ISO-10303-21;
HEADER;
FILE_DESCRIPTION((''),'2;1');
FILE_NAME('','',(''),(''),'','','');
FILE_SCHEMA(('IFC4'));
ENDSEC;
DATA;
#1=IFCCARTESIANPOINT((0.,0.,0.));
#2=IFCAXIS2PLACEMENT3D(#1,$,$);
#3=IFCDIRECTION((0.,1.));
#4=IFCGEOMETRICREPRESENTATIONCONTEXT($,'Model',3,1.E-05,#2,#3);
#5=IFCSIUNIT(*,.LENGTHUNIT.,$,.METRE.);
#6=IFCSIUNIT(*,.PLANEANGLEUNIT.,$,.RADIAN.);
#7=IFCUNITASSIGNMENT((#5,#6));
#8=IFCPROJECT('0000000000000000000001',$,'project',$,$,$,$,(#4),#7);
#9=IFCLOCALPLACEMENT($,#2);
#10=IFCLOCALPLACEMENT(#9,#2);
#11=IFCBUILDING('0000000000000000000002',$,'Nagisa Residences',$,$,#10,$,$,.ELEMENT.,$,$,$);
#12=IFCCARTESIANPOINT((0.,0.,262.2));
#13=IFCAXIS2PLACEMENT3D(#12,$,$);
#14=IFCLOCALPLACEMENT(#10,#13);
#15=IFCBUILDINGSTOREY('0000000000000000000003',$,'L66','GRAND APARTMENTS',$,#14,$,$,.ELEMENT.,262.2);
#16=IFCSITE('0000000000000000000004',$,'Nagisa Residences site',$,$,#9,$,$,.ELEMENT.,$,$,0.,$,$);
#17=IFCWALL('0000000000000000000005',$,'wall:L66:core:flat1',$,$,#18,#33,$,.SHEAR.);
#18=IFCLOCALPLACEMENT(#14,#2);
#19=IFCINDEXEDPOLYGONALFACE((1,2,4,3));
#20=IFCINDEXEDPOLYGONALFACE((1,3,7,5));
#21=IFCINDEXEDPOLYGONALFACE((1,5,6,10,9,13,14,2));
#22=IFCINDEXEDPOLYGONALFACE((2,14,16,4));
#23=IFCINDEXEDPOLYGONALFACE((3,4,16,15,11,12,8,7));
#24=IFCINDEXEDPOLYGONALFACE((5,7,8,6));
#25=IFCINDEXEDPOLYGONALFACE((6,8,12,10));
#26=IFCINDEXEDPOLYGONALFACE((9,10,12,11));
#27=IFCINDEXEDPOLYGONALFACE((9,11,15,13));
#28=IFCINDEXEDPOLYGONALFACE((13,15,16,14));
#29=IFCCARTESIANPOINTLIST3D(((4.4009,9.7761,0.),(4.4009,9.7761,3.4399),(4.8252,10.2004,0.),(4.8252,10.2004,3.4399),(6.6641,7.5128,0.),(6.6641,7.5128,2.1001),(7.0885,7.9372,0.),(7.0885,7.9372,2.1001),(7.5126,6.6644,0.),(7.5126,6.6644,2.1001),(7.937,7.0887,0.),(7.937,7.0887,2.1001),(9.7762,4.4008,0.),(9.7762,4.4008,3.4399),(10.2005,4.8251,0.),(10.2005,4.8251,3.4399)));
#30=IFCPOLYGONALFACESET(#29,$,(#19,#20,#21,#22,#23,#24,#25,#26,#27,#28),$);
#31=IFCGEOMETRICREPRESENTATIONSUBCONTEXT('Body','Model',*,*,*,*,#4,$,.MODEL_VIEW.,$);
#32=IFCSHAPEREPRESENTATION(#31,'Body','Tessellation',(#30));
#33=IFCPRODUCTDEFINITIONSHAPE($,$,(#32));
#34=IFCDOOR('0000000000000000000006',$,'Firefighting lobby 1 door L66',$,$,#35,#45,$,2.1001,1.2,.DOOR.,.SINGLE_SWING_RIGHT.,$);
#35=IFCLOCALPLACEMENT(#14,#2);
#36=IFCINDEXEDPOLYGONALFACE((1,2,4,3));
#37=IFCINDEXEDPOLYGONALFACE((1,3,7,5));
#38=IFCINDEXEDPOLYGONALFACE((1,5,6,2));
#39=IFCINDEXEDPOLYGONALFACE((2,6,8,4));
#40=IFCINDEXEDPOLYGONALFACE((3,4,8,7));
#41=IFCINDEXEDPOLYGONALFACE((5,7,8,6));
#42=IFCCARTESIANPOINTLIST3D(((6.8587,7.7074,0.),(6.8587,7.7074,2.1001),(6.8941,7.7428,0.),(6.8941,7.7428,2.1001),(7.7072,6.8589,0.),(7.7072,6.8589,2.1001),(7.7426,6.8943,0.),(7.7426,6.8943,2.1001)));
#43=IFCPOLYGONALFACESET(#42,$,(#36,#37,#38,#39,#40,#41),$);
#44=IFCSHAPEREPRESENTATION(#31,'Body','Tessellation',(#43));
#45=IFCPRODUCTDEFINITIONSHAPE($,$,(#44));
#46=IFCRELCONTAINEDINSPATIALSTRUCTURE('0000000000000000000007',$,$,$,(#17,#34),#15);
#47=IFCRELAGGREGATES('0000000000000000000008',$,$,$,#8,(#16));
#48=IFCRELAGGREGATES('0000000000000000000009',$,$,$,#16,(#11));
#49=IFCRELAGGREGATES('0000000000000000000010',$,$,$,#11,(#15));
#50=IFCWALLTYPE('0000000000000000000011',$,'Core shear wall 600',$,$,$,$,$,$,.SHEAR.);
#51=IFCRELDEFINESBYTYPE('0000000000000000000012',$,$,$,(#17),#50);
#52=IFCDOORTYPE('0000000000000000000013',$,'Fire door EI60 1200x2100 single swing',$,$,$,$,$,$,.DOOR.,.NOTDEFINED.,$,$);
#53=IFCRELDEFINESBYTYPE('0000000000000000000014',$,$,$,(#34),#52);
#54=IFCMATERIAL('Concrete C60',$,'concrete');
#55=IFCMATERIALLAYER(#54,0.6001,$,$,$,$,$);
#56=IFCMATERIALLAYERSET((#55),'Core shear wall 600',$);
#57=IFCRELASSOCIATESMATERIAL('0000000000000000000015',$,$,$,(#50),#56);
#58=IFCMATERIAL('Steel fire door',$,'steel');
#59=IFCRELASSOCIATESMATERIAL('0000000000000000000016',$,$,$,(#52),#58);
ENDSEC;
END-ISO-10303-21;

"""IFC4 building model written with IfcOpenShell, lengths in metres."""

from ifc_helpers import new_model, si_unit, direction, frame, frame_2d, origin, place, context, subcontext, project, spatial, rectangle, extrude, material, layer, layer_set, type_object, element, fill, save


model = new_model("IFC4")

# Units and contexts
model_context = context("Model", 3, precision=1e-05, world=origin(), true_north=direction((0.0, 1.0)))
body_context = subcontext(model_context, "Body", "Model", "MODEL_VIEW")
ifc_project = project(units=[si_unit("LENGTHUNIT", "METRE"), si_unit("PLANEANGLEUNIT", "RADIAN")], contexts=[model_context])

# Site, building, storey
site_placement = place(None, origin())
site = spatial("IfcSite", under=ifc_project, at=site_placement, Name="Nagisa Residences site", CompositionType="ELEMENT", RefElevation=0.0)
building_placement = place(site_placement, origin())
building = spatial("IfcBuilding", under=site, at=building_placement, Name="Nagisa Residences", CompositionType="ELEMENT")
storey_placement = place(building_placement, frame((0.0, 0.0, 262.2)))
storey = spatial("IfcBuildingStorey", under=building, at=storey_placement, Name="L66", Description="GRAND APARTMENTS", CompositionType="ELEMENT", Elevation=262.2)

# Wall, opening, door
ifc_material_1 = material(Name="Concrete C60", Category="concrete")
ifc_layer_1 = layer(ifc_material_1, 0.6001)
ifc_layer_set_1 = layer_set([ifc_layer_1], Name="Core shear wall 600")
wall_type_1 = type_object("IfcWallType", Name="Core shear wall 600", PredefinedType="SHEAR", material=ifc_layer_set_1)
wall_1_placement = place(storey_placement, frame((9.9883, 4.613, 0.0), z_axis=(0.0, 0.0, 1.0), x_axis=(-0.707107, 0.707107, 0.0)))
wall_1 = element("IfcWall", 1, at=wall_1_placement, inside=storey, type_object=wall_type_1, Name="wall:L66:core:flat1", PredefinedType="SHEAR", context=body_context, shape_type="SweptSolid", body=[
    extrude(rectangle(XDim=7.6018, YDim=0.6001, at=frame_2d((3.8008, 0.0))), origin(), (0.0, 0.0, 1.0), 3.4399),
])
opening_1_placement = place(wall_1_placement, frame((3.2009, 0.0, 0.0)))
opening_1 = element("IfcOpeningElement", 2, at=opening_1_placement, cuts=wall_1, PredefinedType="OPENING", context=body_context, shape_type="SweptSolid", body=[
    extrude(rectangle(XDim=1.2, YDim=2.1001, at=frame_2d((0.6001, 1.05))), frame((0.0, 0.3101, 0.0), z_axis=(0.0, -1.0, 0.0), x_axis=(1.0, 0.0, 0.0)), (0.0, 0.0, 1.0), 0.6201),
])
ifc_material_2 = material(Name="Steel fire door", Category="steel")
door_type_1 = type_object("IfcDoorType", Name="Fire door EI60 1200x2100 single swing", OperationType="NOTDEFINED", PredefinedType="DOOR", material=ifc_material_2)
door_1_placement = place(opening_1_placement, origin())
door_1 = element("IfcDoor", 3, at=door_1_placement, inside=storey, type_object=door_type_1, Name="Firefighting lobby 1 door L66", OperationType="SINGLE_SWING_RIGHT", OverallHeight=2.1001, OverallWidth=1.2, PredefinedType="DOOR", context=body_context, shape_type="SweptSolid", body=[
    extrude(rectangle(XDim=1.2, YDim=2.1001, at=frame_2d((0.6001, 1.05))), frame((0.0, 0.0249, 0.0), z_axis=(0.0, -1.0, 0.0), x_axis=(1.0, 0.0, 0.0)), (0.0, 0.0, 1.0), 0.05),
])
fill(opening_1, door_1)

save(model, "model.ifc")
